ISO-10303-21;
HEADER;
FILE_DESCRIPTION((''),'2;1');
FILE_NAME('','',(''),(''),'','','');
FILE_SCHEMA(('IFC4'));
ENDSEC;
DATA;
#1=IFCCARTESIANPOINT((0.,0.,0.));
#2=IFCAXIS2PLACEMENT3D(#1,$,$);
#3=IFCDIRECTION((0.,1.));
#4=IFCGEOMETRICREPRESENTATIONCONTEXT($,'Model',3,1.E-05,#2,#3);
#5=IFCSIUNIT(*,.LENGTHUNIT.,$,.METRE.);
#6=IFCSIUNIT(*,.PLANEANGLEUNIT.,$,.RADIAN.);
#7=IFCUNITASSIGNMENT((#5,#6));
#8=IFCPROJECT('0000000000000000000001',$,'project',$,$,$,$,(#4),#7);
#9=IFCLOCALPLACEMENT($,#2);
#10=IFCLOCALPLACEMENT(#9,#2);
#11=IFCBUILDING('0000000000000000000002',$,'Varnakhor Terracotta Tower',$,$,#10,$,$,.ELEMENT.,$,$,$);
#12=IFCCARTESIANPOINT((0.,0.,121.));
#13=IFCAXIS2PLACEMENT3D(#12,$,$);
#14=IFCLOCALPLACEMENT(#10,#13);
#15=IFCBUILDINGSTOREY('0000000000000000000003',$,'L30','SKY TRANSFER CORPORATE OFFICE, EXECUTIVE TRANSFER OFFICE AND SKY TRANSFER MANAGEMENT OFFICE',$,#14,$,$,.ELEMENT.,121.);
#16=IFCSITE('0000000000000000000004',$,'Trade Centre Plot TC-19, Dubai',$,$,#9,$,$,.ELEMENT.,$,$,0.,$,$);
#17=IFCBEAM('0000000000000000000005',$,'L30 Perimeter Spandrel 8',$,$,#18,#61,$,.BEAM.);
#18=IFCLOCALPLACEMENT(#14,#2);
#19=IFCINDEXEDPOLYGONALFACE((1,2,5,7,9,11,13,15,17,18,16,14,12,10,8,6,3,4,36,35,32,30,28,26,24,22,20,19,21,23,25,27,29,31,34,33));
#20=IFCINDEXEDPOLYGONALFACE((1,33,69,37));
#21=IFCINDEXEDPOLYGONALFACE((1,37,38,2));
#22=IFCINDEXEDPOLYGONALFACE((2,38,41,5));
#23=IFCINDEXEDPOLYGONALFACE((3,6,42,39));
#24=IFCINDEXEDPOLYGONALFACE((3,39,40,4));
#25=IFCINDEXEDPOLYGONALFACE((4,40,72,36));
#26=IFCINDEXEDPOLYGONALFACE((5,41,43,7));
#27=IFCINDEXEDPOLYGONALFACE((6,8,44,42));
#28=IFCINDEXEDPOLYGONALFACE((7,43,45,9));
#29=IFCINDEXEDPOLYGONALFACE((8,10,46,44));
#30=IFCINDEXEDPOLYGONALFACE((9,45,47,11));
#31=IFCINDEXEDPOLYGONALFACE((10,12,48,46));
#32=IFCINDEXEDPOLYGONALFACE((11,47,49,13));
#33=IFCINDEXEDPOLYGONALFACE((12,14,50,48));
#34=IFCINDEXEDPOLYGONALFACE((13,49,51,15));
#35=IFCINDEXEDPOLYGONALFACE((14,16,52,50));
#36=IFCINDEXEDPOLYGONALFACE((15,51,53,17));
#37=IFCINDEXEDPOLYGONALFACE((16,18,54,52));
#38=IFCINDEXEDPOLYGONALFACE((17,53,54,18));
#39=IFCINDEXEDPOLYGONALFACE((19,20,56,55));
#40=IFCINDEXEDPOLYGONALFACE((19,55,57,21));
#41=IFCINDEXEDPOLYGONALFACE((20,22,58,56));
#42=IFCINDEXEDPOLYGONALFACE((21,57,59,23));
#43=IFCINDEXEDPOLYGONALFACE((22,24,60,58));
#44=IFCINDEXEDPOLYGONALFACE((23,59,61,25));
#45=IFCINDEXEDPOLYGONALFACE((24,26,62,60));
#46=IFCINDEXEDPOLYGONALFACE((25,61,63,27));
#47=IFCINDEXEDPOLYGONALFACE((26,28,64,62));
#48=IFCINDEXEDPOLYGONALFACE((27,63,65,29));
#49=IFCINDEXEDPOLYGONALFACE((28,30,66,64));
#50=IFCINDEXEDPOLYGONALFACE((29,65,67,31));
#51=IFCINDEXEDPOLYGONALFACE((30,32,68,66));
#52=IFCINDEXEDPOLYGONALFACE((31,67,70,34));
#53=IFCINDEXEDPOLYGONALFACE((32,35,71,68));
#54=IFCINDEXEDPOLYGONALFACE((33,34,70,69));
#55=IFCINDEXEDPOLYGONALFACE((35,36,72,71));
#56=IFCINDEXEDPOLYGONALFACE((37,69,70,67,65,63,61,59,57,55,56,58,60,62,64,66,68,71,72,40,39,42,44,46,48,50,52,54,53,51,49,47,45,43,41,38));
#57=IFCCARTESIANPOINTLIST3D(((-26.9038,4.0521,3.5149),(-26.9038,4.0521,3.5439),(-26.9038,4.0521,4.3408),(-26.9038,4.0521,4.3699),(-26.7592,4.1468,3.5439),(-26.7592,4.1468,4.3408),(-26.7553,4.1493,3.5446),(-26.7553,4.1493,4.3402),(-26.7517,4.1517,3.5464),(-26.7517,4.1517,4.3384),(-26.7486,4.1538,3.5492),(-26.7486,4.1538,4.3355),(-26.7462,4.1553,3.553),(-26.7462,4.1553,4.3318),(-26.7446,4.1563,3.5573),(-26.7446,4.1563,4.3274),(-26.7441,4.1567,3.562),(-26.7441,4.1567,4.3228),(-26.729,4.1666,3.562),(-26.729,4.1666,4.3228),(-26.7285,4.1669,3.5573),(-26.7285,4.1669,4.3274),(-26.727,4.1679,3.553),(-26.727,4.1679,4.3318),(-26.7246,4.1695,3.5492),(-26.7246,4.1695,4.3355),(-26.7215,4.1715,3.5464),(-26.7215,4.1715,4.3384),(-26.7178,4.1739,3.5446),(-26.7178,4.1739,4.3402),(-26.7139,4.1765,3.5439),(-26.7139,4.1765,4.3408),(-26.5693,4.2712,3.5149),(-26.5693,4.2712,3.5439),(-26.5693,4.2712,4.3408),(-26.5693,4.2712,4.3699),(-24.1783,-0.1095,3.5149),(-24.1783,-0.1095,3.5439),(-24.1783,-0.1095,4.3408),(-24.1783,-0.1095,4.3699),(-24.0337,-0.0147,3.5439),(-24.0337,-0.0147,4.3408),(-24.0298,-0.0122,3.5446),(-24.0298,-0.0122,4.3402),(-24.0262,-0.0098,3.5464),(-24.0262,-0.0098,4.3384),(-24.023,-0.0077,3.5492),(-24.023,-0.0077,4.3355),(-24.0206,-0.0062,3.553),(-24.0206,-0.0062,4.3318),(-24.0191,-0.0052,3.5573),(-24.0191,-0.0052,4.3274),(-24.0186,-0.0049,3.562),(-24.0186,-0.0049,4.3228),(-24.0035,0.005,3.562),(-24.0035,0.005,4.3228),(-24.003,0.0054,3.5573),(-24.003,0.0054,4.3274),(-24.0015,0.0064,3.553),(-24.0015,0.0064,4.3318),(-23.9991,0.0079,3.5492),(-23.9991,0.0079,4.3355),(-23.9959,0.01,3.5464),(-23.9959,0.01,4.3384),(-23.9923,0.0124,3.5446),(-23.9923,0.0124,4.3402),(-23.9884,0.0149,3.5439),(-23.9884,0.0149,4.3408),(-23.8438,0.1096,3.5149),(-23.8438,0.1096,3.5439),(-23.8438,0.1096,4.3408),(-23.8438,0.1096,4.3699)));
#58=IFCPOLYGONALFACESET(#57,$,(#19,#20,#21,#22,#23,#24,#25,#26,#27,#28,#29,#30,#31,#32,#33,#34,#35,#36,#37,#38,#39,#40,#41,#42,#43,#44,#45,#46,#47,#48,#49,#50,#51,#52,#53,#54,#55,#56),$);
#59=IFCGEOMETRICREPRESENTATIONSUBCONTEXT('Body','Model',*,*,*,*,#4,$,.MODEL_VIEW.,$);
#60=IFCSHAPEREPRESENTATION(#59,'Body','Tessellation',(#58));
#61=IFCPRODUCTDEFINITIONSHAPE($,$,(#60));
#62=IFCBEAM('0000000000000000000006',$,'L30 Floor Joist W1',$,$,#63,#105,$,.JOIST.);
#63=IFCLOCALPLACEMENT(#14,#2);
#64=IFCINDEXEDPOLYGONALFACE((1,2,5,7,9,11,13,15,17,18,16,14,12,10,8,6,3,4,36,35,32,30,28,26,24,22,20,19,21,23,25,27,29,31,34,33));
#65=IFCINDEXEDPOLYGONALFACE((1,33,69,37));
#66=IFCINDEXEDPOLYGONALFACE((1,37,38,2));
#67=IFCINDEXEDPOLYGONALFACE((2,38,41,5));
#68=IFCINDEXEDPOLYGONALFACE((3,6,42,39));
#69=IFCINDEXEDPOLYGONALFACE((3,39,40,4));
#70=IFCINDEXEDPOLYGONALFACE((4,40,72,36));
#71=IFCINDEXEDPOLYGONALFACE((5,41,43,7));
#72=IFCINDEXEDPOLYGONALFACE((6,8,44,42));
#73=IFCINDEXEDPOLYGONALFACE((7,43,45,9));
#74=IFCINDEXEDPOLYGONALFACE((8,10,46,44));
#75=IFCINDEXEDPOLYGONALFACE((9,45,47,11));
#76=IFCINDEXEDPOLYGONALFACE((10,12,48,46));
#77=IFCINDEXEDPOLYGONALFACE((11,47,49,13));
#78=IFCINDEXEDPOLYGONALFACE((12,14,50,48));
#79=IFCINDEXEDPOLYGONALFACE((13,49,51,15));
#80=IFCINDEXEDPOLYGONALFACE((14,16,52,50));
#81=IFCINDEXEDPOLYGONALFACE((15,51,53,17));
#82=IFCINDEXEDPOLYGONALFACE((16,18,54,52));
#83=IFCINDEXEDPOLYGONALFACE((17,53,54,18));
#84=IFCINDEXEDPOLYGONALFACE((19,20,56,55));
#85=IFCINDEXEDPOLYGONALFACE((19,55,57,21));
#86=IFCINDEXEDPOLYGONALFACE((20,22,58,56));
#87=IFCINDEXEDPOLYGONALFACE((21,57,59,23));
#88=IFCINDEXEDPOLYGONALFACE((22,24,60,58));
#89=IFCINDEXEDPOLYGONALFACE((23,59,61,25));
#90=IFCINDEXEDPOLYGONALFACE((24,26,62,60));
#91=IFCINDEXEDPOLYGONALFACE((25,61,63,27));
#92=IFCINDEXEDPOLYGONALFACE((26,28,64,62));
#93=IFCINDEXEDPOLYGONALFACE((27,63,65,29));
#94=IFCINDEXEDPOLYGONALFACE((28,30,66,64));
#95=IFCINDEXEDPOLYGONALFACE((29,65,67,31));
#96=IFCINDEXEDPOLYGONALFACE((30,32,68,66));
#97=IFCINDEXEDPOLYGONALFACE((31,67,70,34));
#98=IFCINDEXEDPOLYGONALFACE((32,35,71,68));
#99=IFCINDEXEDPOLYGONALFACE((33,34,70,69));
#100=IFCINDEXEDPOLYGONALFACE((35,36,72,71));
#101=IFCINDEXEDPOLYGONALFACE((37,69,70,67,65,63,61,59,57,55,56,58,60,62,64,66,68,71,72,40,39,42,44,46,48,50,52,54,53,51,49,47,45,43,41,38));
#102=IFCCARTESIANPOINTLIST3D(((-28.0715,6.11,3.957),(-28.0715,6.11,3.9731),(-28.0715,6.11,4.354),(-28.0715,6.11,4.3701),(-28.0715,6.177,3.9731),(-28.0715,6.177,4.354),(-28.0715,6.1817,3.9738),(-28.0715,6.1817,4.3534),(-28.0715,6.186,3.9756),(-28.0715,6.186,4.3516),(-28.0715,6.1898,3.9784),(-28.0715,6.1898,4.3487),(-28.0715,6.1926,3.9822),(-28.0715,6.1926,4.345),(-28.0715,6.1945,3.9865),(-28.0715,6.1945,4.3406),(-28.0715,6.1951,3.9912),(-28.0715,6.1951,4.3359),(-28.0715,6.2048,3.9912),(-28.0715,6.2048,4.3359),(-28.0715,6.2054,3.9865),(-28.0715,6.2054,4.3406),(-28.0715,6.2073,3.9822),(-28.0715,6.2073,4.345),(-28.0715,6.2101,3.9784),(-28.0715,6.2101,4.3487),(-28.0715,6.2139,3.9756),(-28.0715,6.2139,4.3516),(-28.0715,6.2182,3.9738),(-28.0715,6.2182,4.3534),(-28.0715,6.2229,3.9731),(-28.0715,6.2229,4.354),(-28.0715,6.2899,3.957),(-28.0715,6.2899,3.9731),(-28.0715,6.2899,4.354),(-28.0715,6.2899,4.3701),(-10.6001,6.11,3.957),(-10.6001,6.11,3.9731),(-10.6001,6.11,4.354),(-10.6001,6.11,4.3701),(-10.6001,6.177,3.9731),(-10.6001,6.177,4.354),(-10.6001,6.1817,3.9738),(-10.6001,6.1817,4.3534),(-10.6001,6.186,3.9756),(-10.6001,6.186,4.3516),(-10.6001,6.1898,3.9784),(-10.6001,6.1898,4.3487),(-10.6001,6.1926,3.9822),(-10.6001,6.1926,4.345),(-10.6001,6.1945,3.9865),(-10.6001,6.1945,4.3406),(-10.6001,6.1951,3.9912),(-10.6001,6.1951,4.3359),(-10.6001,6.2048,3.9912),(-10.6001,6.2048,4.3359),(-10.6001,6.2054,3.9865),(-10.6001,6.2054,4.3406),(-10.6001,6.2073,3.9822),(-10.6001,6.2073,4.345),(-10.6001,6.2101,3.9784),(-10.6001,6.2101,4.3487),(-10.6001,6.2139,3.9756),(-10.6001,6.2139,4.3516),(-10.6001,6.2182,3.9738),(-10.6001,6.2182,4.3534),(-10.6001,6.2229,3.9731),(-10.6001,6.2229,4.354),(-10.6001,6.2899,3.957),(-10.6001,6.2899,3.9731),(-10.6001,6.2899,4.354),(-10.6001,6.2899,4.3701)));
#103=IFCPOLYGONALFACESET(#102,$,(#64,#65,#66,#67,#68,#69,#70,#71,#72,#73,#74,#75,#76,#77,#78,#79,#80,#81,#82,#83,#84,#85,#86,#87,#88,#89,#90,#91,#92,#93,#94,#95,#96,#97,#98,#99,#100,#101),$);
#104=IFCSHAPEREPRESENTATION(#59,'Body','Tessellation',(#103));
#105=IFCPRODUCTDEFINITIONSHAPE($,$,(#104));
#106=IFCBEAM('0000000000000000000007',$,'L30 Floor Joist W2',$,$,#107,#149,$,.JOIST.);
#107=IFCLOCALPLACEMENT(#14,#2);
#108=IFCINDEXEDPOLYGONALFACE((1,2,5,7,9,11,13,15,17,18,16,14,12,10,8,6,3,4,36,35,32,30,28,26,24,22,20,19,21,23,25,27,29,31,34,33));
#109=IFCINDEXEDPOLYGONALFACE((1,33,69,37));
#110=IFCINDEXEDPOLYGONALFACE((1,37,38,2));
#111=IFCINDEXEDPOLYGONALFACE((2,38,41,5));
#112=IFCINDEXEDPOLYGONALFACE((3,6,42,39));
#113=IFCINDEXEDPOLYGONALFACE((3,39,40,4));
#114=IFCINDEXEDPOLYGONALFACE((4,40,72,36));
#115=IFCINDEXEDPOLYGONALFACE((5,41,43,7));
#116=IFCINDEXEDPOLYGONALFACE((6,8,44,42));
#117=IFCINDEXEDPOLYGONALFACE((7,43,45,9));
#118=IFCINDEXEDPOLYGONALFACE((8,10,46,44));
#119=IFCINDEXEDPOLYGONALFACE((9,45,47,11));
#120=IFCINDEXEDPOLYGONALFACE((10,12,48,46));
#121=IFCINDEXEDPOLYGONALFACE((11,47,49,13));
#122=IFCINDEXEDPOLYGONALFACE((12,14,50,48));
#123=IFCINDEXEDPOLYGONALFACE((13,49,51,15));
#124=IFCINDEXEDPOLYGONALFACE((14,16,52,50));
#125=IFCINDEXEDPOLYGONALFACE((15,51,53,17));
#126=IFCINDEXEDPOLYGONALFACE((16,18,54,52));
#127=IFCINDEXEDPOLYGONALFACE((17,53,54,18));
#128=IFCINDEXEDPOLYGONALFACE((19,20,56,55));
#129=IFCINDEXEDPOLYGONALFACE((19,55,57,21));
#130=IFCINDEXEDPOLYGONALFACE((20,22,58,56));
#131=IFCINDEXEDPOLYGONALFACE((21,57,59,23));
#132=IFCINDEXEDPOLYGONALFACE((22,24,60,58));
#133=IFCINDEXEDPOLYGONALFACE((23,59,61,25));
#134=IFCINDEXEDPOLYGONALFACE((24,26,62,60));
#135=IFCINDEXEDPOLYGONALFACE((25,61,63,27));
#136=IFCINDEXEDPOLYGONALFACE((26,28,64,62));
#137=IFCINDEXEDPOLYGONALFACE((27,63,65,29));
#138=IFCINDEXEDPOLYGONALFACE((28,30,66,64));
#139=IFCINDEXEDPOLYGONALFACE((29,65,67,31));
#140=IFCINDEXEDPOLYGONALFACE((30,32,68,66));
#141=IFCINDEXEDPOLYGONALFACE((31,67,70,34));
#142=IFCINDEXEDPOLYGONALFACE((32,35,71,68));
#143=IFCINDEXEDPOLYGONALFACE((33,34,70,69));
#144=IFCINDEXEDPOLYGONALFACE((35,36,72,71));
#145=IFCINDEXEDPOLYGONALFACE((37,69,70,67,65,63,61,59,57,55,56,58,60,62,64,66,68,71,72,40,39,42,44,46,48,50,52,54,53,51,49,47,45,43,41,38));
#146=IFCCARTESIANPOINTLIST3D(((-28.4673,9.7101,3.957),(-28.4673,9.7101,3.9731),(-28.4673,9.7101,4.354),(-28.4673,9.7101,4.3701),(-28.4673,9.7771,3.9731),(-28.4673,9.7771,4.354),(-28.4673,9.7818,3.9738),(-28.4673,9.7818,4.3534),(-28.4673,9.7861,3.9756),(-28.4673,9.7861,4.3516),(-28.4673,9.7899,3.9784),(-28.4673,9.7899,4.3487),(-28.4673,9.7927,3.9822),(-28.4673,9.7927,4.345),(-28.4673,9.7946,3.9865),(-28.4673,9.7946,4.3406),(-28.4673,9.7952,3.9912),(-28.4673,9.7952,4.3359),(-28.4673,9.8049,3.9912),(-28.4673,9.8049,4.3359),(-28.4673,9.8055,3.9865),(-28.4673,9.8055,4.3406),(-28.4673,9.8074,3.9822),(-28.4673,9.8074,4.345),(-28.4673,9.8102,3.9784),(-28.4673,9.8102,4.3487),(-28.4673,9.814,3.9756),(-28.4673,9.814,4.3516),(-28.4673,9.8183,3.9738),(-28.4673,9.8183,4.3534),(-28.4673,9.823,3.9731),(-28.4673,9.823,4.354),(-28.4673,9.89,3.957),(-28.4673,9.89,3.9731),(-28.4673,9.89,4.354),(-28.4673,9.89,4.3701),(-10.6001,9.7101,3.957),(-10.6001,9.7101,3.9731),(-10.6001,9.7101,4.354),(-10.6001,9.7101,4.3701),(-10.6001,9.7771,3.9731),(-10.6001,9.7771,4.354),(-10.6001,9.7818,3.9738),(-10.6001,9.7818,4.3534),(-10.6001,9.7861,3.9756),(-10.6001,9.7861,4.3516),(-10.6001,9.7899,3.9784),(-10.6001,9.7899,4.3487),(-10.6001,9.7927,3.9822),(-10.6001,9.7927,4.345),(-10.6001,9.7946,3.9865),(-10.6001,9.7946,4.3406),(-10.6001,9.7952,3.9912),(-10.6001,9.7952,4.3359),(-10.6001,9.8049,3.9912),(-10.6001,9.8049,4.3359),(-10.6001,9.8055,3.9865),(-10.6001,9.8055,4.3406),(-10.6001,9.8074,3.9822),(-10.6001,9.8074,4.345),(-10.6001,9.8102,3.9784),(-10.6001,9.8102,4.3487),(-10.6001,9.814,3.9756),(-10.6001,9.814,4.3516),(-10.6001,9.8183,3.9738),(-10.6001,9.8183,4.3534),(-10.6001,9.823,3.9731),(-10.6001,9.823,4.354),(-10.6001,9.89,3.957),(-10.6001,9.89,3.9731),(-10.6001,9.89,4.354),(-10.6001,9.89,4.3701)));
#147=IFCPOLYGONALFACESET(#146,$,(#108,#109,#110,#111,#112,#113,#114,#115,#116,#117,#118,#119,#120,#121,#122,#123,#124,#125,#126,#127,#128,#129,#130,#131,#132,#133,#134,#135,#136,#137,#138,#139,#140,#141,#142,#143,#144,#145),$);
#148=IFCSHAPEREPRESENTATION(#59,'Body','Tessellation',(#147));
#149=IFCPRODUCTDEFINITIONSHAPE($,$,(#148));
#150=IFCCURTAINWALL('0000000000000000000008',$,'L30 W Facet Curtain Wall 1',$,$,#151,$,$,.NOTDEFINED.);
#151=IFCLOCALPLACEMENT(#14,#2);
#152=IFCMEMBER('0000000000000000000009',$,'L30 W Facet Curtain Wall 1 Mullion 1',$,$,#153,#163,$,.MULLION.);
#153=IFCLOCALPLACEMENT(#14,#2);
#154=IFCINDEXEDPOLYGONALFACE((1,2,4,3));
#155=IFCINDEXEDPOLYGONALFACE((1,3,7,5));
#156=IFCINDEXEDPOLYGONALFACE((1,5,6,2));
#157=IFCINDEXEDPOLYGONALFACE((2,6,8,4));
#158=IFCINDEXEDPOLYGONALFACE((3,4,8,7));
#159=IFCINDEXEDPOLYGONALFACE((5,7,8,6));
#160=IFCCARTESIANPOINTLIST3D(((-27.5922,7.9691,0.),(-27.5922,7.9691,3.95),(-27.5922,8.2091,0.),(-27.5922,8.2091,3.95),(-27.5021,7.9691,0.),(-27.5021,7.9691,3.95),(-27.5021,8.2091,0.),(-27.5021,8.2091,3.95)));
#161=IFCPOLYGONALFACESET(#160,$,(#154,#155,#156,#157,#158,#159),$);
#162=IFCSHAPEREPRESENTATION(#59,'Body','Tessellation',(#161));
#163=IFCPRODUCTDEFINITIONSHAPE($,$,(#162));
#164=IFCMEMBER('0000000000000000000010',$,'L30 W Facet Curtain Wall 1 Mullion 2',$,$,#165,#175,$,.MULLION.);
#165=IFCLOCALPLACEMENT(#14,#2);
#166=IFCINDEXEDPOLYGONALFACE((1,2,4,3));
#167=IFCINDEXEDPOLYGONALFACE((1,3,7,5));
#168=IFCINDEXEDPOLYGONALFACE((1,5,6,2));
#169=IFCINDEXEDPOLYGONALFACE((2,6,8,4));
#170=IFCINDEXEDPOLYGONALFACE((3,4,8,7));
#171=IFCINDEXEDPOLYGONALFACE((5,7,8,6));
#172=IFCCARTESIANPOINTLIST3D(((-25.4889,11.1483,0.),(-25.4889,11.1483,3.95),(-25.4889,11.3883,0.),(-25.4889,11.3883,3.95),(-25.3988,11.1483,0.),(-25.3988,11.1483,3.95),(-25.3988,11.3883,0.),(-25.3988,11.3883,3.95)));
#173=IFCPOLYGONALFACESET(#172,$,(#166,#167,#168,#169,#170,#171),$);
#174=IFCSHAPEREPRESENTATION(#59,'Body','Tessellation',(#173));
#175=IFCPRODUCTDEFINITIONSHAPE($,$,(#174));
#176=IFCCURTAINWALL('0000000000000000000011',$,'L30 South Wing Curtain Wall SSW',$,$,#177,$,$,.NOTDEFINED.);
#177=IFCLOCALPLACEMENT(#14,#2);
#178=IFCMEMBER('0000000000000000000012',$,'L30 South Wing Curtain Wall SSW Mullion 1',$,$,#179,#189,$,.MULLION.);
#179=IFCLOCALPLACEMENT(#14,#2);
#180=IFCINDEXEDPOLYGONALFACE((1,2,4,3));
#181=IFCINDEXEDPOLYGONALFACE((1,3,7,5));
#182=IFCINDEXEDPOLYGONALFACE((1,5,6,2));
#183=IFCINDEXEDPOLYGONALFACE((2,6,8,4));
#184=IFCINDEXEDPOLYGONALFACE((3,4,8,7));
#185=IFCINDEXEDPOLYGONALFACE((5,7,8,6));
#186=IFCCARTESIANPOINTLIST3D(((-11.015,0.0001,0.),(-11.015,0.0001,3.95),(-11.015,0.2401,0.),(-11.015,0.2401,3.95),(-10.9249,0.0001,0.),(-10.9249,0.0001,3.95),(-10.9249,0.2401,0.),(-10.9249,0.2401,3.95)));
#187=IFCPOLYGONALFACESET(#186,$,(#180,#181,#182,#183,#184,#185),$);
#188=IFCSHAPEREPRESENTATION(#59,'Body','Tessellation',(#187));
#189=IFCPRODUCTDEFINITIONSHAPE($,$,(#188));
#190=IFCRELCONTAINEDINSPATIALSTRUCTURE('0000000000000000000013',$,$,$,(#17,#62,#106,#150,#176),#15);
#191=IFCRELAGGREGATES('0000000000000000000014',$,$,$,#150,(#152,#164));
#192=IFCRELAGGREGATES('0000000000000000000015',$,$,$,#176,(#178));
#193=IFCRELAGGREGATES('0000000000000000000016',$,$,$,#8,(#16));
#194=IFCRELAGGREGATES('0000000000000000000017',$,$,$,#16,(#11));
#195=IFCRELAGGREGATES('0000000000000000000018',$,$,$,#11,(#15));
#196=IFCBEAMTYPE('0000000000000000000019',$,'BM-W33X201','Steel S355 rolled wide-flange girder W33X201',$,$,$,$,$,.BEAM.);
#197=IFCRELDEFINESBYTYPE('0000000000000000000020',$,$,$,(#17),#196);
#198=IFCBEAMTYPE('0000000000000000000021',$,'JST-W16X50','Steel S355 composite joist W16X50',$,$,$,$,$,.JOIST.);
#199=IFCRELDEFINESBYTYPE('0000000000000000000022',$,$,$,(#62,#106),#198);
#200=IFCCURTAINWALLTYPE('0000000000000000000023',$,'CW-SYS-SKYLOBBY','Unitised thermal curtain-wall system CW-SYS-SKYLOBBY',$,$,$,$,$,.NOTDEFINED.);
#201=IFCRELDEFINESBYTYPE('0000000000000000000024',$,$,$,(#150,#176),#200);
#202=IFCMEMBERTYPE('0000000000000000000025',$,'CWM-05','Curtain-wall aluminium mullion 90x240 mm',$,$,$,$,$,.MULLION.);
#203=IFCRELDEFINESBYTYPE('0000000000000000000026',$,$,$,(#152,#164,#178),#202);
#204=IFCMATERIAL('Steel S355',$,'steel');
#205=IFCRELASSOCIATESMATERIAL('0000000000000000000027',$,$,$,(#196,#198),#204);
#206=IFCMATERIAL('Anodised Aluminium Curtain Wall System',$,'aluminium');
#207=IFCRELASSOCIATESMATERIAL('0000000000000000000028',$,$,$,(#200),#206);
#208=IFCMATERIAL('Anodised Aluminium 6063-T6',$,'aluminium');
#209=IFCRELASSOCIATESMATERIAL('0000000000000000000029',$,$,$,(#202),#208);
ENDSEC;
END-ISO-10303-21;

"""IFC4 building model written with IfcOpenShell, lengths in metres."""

from ifc_helpers import new_model, si_unit, direction, frame, origin, origin_2d, place, context, subcontext, project, spatial, rectangle, i_section, extrude, source, transform, mapped, material, material_profile, profile_set, type_object, type_shapes, element, aggregate, save


model = new_model("IFC4")

# Units and contexts
model_context = context("Model", 3, precision=1e-05, world=origin(), true_north=direction((0.0, 1.0)))
body_context = subcontext(model_context, "Body", "Model", "MODEL_VIEW")
ifc_project = project(units=[si_unit("LENGTHUNIT", "METRE"), si_unit("PLANEANGLEUNIT", "RADIAN")], contexts=[model_context])

# Site, building, storey
site_placement = place(None, origin())
site = spatial("IfcSite", under=ifc_project, at=site_placement, Name="Trade Centre Plot TC-19, Dubai", CompositionType="ELEMENT", RefElevation=0.0)
building_placement = place(site_placement, origin())
building = spatial("IfcBuilding", under=site, at=building_placement, Name="Varnakhor Terracotta Tower", CompositionType="ELEMENT")
storey_placement = place(building_placement, frame((0.0, 0.0, 121.0)))
storey = spatial("IfcBuildingStorey", under=building, at=storey_placement, Name="L30", Description="SKY TRANSFER CORPORATE OFFICE, EXECUTIVE TRANSFER OFFICE AND SKY TRANSFER MANAGEMENT OFFICE", CompositionType="ELEMENT", Elevation=121.0)

# Beams
ifc_material_1 = material(Name="Steel S355", Category="steel")
ifc_material_profile_1 = material_profile(ifc_material_1, i_section(OverallWidth=0.3999, OverallDepth=0.855, WebThickness=0.0181, FlangeThickness=0.0291, FilletRadius=0.0181, at=origin_2d()), Name="W33X201")
ifc_profile_set_1 = profile_set([ifc_material_profile_1], Name="Steel S355")
beam_type_1 = type_object("IfcBeamType", Name="BM-W33X201", Description="Steel S355 rolled wide-flange girder W33X201", PredefinedType="BEAM", material=ifc_profile_set_1)
shared_shape_1 = source(origin(), body_context, "Body", "SweptSolid", [
    extrude(i_section(OverallWidth=0.3999, OverallDepth=0.855, WebThickness=0.0181, FlangeThickness=0.0291, FilletRadius=0.0181, at=origin_2d()), origin(), (0.0, 0.0, 1.0), 4.9746),
])
beam_1_placement = place(storey_placement, frame((-26.7366, 4.1616, 3.9424), z_axis=(0.547887, -0.836553, 0.0), x_axis=(0.836553, 0.547887, 0.0)))
element("IfcBeam", 1, at=beam_1_placement, inside=storey, type_object=beam_type_1, Name="L30 Perimeter Spandrel 8", PredefinedType="BEAM", context=body_context, shape_type="MappedRepresentation", body=[
    mapped(shared_shape_1, transform((0.0, 0.0, 0.0), scale=1.0)),
])
ifc_material_profile_2 = material_profile(ifc_material_1, i_section(OverallWidth=0.1799, OverallDepth=0.4131, WebThickness=0.0098, FlangeThickness=0.0161, FilletRadius=0.0181, at=origin_2d()), Name="W16X50")
ifc_profile_set_2 = profile_set([ifc_material_profile_2], Name="Steel S355")
beam_type_2 = type_object("IfcBeamType", Name="JST-W16X50", Description="Steel S355 composite joist W16X50", PredefinedType="JOIST", material=ifc_profile_set_2)
shared_shape_2 = source(origin(), body_context, "Body", "SweptSolid", [
    extrude(i_section(OverallWidth=0.1799, OverallDepth=0.4131, WebThickness=0.0098, FlangeThickness=0.0161, FilletRadius=0.0181, at=origin_2d()), origin(), (0.0, 0.0, 1.0), 17.4714),
])
type_shapes(beam_type_2, [shared_shape_2])
beam_2_placement = place(storey_placement, frame((-28.0715, 6.2, 4.1636), z_axis=(1.0, 0.0, 0.0), x_axis=(0.0, 1.0, 0.0)))
element("IfcBeam", 2, at=beam_2_placement, inside=storey, type_object=beam_type_2, Name="L30 Floor Joist W1", PredefinedType="JOIST", context=body_context, shape_type="MappedRepresentation", body=[
    mapped(shared_shape_2, transform((0.0, 0.0, 0.0), scale=1.0)),
])
shared_shape_3 = source(origin(), body_context, "Body", "SweptSolid", [
    extrude(i_section(OverallWidth=0.1799, OverallDepth=0.4131, WebThickness=0.0098, FlangeThickness=0.0161, FilletRadius=0.0181, at=origin_2d()), origin(), (0.0, 0.0, 1.0), 17.8672),
])
beam_3_placement = place(storey_placement, frame((-28.4673, 9.8, 4.1636), z_axis=(1.0, 0.0, 0.0), x_axis=(0.0, 1.0, 0.0)))
element("IfcBeam", 3, at=beam_3_placement, inside=storey, type_object=beam_type_2, Name="L30 Floor Joist W2", PredefinedType="JOIST", context=body_context, shape_type="MappedRepresentation", body=[
    mapped(shared_shape_3, transform((0.0, 0.0, 0.0), scale=1.0)),
])

# Curtain walls, members
ifc_material_2 = material(Name="Anodised Aluminium Curtain Wall System", Category="aluminium")
curtain_wall_type = type_object("IfcCurtainWallType", Name="CW-SYS-SKYLOBBY", Description="Unitised thermal curtain-wall system CW-SYS-SKYLOBBY", PredefinedType="NOTDEFINED", material=ifc_material_2)
curtain_wall_1_placement = place(storey_placement, origin())
curtain_wall_1 = element("IfcCurtainWall", 4, at=curtain_wall_1_placement, inside=storey, type_object=curtain_wall_type, Name="L30 W Facet Curtain Wall 1", PredefinedType="NOTDEFINED")
ifc_material_3 = material(Name="Anodised Aluminium 6063-T6", Category="aluminium")
ifc_material_profile_3 = material_profile(ifc_material_3, rectangle(XDim=0.0901, YDim=0.24, at=origin_2d()), Name="ALU MULLION 90x240")
ifc_profile_set_3 = profile_set([ifc_material_profile_3], Name="Anodised Aluminium 6063-T6")
member_type_1 = type_object("IfcMemberType", Name="CWM-05", Description="Curtain-wall aluminium mullion 90x240 mm", PredefinedType="MULLION", material=ifc_profile_set_3)
shared_shape_4 = source(origin(), body_context, "Body", "SweptSolid", [
    extrude(rectangle(XDim=0.0901, YDim=0.24, at=origin_2d()), origin(), (0.0, 0.0, 1.0), 3.95),
])
type_shapes(member_type_1, [shared_shape_4])
member_1_placement = place(storey_placement, frame((-27.5471, 8.0891, 0.0), z_axis=(0.0, 0.0, 1.0), x_axis=(1.0, 0.0, 0.0)))
member_1 = element("IfcMember", 5, at=member_1_placement, type_object=member_type_1, Name="L30 W Facet Curtain Wall 1 Mullion 1", PredefinedType="MULLION", context=body_context, shape_type="MappedRepresentation", body=[
    mapped(shared_shape_4, transform((0.0, 0.0, 0.0), scale=1.0)),
])
member_2_placement = place(storey_placement, frame((-25.4438, 11.2683, 0.0), z_axis=(0.0, 0.0, 1.0), x_axis=(1.0, 0.0, 0.0)))
member_2 = element("IfcMember", 6, at=member_2_placement, type_object=member_type_1, Name="L30 W Facet Curtain Wall 1 Mullion 2", PredefinedType="MULLION", context=body_context, shape_type="MappedRepresentation", body=[
    mapped(shared_shape_4, transform((0.0, 0.0, 0.0), scale=1.0)),
])
curtain_wall_2_placement = place(storey_placement, origin())
curtain_wall_2 = element("IfcCurtainWall", 7, at=curtain_wall_2_placement, inside=storey, type_object=curtain_wall_type, Name="L30 South Wing Curtain Wall SSW", PredefinedType="NOTDEFINED")
member_3_placement = place(storey_placement, frame((-10.97, 0.1201, 0.0), z_axis=(0.0, 0.0, 1.0), x_axis=(1.0, 0.0, 0.0)))
member_3 = element("IfcMember", 8, at=member_3_placement, type_object=member_type_1, Name="L30 South Wing Curtain Wall SSW Mullion 1", PredefinedType="MULLION", context=body_context, shape_type="MappedRepresentation", body=[
    mapped(shared_shape_4, transform((0.0, 0.0, 0.0), scale=1.0)),
])

aggregate(curtain_wall_1, [member_1, member_2])
aggregate(curtain_wall_2, [member_3])

save(model, "model.ifc")
